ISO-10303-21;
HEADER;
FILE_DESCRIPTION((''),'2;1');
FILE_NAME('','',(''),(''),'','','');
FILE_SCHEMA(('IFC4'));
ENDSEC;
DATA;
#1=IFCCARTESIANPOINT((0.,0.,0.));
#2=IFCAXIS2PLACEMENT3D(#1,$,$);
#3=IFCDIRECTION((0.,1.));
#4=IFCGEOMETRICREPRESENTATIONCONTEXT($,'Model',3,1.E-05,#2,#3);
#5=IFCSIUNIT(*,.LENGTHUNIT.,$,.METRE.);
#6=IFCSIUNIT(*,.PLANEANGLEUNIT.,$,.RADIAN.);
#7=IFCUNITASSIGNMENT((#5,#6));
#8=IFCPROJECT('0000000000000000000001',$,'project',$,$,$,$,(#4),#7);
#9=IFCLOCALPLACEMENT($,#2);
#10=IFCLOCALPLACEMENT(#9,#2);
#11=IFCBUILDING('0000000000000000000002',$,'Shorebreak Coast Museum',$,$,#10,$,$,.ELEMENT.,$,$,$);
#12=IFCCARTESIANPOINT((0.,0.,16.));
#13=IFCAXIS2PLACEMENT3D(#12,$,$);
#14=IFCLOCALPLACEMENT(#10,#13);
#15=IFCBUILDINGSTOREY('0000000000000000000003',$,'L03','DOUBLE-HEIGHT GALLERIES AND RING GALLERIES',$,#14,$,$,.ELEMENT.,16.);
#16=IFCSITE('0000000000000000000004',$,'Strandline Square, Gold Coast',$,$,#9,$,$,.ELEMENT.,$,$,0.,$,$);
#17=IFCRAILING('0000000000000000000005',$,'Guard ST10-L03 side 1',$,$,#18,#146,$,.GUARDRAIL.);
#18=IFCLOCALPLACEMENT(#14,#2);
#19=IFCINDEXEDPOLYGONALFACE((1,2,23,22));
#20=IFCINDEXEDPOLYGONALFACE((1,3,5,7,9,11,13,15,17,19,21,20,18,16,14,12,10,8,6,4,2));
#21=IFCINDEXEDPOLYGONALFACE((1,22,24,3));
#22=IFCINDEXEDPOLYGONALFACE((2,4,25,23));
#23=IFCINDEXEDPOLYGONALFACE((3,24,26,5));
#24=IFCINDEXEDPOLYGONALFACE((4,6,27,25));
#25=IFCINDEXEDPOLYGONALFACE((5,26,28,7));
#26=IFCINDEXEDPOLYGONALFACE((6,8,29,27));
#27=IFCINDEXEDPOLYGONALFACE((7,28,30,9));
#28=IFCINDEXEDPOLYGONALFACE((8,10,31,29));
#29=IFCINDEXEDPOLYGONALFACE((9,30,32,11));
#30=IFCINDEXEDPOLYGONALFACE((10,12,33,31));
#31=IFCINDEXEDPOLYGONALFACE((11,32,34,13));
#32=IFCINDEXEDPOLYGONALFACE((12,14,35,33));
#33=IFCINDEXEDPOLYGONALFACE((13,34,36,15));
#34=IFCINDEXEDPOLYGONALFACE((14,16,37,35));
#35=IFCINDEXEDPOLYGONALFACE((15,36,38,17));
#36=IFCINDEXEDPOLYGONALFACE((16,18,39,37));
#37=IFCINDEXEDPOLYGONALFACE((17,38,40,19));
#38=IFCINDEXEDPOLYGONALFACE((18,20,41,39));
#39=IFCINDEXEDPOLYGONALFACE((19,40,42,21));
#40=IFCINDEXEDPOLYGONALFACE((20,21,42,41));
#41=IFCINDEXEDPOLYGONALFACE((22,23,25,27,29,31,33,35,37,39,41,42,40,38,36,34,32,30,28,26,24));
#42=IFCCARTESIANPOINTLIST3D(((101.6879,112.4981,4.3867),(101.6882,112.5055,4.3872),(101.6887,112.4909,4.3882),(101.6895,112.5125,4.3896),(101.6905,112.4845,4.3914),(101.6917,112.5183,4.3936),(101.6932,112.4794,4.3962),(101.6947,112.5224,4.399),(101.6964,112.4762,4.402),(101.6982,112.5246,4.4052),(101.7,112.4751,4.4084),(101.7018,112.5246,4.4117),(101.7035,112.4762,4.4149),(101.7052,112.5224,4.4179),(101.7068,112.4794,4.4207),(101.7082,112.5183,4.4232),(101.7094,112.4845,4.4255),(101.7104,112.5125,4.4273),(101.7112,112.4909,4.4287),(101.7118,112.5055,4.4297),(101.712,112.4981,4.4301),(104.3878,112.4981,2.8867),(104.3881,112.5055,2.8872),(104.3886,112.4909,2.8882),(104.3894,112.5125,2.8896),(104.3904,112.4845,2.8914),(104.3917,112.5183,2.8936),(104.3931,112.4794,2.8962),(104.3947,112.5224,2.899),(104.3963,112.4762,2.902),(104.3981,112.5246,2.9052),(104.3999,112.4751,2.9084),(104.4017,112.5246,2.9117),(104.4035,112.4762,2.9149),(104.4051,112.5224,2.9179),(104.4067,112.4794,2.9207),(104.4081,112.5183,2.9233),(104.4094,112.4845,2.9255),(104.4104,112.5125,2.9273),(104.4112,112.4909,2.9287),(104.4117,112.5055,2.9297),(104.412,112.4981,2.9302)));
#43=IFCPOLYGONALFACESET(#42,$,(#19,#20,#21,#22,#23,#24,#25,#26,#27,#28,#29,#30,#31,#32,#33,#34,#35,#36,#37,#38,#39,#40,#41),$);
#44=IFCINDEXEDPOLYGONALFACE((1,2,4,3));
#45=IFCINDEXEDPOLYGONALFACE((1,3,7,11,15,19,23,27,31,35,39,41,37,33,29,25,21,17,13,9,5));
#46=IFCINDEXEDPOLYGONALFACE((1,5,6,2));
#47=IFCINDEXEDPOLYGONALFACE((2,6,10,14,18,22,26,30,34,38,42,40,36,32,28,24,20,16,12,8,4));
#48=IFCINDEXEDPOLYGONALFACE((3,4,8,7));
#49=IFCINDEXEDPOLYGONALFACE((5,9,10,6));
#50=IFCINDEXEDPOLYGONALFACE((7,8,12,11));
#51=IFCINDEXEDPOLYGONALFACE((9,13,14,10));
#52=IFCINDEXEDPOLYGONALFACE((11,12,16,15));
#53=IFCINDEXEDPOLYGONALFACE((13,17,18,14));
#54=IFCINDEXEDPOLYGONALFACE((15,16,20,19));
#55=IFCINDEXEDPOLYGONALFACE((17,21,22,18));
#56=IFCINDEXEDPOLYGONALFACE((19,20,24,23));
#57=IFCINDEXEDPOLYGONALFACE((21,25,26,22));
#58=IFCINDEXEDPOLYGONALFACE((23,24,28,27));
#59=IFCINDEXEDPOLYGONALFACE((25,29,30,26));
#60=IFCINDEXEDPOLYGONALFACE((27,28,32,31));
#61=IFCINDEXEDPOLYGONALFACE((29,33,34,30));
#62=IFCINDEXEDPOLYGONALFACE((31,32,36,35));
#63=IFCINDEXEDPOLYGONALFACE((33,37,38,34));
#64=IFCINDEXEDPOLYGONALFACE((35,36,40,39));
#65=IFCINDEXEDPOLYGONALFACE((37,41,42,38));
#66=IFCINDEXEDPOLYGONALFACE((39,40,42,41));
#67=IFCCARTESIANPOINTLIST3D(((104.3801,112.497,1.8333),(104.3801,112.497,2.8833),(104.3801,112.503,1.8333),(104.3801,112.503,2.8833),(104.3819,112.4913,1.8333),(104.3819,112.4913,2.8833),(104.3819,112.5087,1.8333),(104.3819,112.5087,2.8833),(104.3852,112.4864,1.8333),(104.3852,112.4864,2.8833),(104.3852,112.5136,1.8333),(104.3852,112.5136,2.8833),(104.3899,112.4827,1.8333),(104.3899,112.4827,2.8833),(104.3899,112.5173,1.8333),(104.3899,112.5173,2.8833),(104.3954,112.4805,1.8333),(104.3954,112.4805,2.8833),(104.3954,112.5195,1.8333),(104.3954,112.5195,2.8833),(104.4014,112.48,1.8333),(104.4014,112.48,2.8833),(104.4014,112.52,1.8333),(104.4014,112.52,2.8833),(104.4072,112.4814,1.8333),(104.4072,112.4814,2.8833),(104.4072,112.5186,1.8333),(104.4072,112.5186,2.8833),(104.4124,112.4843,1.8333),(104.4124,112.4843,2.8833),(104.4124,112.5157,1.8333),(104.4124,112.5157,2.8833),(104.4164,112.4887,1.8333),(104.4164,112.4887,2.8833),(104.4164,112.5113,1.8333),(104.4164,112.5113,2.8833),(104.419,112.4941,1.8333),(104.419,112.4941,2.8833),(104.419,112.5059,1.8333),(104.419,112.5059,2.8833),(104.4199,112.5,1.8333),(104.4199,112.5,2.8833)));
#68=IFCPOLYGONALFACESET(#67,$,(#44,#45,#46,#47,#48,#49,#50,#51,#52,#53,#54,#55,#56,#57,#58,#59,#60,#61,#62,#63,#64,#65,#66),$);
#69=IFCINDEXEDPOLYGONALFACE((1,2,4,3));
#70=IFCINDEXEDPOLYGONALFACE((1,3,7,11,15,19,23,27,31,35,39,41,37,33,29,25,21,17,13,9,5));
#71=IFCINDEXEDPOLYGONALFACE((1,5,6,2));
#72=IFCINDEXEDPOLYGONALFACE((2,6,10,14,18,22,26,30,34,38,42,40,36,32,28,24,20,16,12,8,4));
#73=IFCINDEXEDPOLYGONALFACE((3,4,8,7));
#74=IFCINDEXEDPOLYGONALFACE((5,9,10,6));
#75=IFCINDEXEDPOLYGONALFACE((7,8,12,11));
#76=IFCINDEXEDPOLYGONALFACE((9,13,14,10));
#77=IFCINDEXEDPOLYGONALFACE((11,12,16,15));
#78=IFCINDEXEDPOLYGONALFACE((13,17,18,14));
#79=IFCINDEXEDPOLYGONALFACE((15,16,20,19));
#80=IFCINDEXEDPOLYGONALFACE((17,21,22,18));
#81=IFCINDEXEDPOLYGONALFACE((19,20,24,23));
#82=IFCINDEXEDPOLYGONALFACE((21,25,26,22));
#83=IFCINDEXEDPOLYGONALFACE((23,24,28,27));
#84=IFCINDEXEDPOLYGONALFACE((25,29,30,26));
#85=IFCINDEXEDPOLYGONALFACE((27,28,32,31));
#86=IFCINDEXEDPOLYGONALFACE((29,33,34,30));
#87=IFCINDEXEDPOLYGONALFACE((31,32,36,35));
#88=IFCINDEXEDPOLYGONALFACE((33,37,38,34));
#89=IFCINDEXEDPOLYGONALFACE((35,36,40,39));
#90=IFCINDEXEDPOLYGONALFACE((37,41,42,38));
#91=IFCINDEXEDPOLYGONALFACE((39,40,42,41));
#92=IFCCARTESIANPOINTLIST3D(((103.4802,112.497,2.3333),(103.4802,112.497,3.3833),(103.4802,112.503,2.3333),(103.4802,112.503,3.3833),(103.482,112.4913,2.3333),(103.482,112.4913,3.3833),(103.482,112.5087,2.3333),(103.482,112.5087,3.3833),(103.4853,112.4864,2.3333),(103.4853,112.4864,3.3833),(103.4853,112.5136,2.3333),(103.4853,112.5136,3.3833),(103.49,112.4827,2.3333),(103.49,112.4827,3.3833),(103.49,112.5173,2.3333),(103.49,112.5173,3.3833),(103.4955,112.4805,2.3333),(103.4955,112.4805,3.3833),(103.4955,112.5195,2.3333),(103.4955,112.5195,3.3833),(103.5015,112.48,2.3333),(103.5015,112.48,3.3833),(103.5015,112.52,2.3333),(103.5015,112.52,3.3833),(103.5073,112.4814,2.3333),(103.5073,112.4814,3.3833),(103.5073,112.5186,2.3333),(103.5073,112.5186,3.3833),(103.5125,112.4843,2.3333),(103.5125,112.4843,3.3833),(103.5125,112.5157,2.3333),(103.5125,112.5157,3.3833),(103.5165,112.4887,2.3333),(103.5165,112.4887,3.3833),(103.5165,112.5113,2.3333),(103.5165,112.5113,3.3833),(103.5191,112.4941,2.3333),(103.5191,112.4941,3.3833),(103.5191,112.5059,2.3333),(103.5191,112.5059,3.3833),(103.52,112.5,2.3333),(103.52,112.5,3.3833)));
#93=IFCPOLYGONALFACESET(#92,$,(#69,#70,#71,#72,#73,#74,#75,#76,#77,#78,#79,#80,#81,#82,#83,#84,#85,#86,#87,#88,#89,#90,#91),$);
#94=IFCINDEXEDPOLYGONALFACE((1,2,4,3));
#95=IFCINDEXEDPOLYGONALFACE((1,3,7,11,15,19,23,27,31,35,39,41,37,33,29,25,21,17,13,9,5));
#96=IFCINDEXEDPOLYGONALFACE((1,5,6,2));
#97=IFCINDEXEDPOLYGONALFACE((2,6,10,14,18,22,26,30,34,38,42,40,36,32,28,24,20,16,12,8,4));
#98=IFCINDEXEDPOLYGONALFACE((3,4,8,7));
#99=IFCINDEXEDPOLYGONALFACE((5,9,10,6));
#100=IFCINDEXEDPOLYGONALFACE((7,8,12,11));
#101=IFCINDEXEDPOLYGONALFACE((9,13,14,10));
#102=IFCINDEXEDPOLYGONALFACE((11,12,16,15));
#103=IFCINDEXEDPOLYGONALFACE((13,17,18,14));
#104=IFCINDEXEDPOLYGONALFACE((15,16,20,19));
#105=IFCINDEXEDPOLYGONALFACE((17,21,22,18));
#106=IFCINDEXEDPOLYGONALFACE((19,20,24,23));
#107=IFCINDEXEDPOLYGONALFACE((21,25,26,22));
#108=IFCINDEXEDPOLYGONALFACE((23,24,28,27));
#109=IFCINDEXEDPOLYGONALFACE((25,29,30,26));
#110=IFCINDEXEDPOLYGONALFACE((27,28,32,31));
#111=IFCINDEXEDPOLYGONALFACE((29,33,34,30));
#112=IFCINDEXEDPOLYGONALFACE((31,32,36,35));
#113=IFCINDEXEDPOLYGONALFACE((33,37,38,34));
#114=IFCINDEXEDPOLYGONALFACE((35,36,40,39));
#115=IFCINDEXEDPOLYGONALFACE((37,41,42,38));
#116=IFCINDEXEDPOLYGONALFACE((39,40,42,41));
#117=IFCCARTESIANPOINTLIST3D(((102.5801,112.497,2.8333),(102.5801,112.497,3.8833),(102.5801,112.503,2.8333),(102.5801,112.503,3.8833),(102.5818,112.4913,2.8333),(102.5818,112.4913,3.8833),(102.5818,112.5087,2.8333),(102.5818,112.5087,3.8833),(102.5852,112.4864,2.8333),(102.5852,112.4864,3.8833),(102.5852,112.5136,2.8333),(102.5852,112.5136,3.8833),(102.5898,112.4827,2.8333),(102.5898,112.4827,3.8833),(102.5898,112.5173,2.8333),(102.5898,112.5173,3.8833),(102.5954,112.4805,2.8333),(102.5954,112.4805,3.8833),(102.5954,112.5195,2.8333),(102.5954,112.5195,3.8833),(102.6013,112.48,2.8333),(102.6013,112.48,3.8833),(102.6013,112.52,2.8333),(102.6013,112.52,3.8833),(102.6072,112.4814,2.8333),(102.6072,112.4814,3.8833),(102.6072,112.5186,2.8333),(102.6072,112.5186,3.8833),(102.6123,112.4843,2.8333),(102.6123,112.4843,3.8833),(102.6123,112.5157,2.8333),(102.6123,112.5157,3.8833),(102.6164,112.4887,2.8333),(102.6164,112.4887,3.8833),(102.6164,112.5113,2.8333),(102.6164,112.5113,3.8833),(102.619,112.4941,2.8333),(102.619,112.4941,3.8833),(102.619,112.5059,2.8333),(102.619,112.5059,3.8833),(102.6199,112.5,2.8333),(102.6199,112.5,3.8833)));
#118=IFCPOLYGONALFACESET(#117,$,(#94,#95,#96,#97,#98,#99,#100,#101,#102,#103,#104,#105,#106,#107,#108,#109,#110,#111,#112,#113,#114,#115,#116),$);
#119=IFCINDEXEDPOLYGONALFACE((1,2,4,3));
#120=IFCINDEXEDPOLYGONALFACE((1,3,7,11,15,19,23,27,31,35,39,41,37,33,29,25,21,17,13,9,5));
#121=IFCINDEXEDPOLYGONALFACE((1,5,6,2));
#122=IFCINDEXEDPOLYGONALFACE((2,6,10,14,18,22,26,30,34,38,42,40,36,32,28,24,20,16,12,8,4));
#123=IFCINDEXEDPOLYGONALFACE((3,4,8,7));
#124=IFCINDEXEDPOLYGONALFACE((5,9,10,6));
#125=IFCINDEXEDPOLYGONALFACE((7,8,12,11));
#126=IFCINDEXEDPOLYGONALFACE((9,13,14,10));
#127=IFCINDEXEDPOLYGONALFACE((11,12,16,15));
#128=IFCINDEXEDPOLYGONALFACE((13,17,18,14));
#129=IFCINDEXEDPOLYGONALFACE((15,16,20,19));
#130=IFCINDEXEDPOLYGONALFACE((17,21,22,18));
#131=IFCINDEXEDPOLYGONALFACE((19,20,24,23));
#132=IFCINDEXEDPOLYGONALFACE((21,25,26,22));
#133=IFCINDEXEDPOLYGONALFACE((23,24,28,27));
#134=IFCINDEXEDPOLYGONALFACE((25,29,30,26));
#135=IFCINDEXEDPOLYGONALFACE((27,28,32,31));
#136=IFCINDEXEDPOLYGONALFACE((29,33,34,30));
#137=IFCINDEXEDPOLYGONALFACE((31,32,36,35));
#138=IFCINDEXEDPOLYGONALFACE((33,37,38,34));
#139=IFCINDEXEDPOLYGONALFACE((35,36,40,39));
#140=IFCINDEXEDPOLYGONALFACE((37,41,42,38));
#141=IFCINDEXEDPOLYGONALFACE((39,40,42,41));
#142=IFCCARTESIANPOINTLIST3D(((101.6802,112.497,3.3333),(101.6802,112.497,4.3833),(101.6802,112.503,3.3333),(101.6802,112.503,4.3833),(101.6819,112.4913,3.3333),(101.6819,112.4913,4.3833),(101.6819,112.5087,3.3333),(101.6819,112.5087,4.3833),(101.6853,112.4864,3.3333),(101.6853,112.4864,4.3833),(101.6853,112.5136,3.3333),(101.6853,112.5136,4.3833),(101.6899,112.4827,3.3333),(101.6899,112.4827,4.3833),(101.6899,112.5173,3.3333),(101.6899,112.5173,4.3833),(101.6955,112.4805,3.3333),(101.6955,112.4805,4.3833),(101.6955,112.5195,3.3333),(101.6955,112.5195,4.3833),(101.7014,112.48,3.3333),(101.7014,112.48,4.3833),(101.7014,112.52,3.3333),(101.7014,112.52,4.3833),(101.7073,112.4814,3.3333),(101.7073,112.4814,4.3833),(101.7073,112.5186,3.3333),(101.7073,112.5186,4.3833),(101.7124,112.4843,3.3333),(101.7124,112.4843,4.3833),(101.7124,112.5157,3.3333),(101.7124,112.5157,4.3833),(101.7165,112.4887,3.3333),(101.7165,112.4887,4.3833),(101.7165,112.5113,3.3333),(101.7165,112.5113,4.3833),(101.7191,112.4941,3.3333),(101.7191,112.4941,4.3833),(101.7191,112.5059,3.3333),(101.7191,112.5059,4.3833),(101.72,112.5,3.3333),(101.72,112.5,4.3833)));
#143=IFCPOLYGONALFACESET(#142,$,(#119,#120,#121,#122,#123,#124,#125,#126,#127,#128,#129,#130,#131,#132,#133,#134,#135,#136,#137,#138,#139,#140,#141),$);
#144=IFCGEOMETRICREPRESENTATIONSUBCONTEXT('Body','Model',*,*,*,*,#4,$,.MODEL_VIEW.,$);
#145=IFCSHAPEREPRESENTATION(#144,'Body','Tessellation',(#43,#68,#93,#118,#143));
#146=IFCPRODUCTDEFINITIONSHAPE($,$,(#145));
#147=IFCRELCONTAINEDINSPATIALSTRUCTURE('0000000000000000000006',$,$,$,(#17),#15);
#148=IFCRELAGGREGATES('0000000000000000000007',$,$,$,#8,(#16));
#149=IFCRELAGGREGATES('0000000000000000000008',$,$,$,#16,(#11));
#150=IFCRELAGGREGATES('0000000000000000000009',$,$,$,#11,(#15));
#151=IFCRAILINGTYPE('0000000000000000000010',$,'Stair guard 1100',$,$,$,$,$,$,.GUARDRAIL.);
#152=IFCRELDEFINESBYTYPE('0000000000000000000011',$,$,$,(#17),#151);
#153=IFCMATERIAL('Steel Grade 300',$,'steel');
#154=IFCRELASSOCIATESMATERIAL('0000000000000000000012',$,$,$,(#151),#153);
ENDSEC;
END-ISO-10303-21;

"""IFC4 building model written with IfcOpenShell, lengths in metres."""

from ifc_helpers import new_model, si_unit, direction, frame, origin, origin_2d, place, context, subcontext, project, spatial, circle, extrude, material, type_object, element, save


model = new_model("IFC4")

# Units and contexts
model_context = context("Model", 3, precision=1e-05, world=origin(), true_north=direction((0.0, 1.0)))
body_context = subcontext(model_context, "Body", "Model", "MODEL_VIEW")
ifc_project = project(units=[si_unit("LENGTHUNIT", "METRE"), si_unit("PLANEANGLEUNIT", "RADIAN")], contexts=[model_context])

# Site, building, storey
site_placement = place(None, origin())
site = spatial("IfcSite", under=ifc_project, at=site_placement, Name="Strandline Square, Gold Coast", CompositionType="ELEMENT", RefElevation=0.0)
building_placement = place(site_placement, origin())
building = spatial("IfcBuilding", under=site, at=building_placement, Name="Shorebreak Coast Museum", CompositionType="ELEMENT")
storey_placement = place(building_placement, frame((0.0, 0.0, 16.0)))
storey = spatial("IfcBuildingStorey", under=building, at=storey_placement, Name="L03", Description="DOUBLE-HEIGHT GALLERIES AND RING GALLERIES", CompositionType="ELEMENT", Elevation=16.0)

# Railing
ifc_material_1 = material(Name="Steel Grade 300", Category="steel")
railing_type_1 = type_object("IfcRailingType", Name="Stair guard 1100", PredefinedType="GUARDRAIL", material=ifc_material_1)
for number, where, name in (
    (1, (104.3999, 112.5, 1.8333), "Guard ST10-L03 side 1"),
):
    element("IfcRailing", number, at=place(storey_placement, frame(where)), inside=storey, type_object=railing_type_1, Name=name, PredefinedType="GUARDRAIL", context=body_context, shape_type="SweptSolid", body=[
        extrude(circle(Radius=0.0249, at=origin_2d()), frame((0.0, 0.0, 1.0752), z_axis=(-0.874154, 0.0, 0.48565), x_axis=(0.0, -1.0, 0.0)), (0.0, 0.0, 1.0), 3.0886),
        extrude(circle(Radius=0.02, at=origin_2d()), origin(), (0.0, 0.0, 1.0), 1.05),
        extrude(circle(Radius=0.02, at=origin_2d()), frame((-0.8999, 0.0, 0.5)), (0.0, 0.0, 1.0), 1.05),
        extrude(circle(Radius=0.02, at=origin_2d()), frame((-1.8, 0.0, 1.0)), (0.0, 0.0, 1.0), 1.05),
        extrude(circle(Radius=0.02, at=origin_2d()), frame((-2.7, 0.0, 1.5)), (0.0, 0.0, 1.0), 1.05),
    ])

save(model, "model.ifc")
